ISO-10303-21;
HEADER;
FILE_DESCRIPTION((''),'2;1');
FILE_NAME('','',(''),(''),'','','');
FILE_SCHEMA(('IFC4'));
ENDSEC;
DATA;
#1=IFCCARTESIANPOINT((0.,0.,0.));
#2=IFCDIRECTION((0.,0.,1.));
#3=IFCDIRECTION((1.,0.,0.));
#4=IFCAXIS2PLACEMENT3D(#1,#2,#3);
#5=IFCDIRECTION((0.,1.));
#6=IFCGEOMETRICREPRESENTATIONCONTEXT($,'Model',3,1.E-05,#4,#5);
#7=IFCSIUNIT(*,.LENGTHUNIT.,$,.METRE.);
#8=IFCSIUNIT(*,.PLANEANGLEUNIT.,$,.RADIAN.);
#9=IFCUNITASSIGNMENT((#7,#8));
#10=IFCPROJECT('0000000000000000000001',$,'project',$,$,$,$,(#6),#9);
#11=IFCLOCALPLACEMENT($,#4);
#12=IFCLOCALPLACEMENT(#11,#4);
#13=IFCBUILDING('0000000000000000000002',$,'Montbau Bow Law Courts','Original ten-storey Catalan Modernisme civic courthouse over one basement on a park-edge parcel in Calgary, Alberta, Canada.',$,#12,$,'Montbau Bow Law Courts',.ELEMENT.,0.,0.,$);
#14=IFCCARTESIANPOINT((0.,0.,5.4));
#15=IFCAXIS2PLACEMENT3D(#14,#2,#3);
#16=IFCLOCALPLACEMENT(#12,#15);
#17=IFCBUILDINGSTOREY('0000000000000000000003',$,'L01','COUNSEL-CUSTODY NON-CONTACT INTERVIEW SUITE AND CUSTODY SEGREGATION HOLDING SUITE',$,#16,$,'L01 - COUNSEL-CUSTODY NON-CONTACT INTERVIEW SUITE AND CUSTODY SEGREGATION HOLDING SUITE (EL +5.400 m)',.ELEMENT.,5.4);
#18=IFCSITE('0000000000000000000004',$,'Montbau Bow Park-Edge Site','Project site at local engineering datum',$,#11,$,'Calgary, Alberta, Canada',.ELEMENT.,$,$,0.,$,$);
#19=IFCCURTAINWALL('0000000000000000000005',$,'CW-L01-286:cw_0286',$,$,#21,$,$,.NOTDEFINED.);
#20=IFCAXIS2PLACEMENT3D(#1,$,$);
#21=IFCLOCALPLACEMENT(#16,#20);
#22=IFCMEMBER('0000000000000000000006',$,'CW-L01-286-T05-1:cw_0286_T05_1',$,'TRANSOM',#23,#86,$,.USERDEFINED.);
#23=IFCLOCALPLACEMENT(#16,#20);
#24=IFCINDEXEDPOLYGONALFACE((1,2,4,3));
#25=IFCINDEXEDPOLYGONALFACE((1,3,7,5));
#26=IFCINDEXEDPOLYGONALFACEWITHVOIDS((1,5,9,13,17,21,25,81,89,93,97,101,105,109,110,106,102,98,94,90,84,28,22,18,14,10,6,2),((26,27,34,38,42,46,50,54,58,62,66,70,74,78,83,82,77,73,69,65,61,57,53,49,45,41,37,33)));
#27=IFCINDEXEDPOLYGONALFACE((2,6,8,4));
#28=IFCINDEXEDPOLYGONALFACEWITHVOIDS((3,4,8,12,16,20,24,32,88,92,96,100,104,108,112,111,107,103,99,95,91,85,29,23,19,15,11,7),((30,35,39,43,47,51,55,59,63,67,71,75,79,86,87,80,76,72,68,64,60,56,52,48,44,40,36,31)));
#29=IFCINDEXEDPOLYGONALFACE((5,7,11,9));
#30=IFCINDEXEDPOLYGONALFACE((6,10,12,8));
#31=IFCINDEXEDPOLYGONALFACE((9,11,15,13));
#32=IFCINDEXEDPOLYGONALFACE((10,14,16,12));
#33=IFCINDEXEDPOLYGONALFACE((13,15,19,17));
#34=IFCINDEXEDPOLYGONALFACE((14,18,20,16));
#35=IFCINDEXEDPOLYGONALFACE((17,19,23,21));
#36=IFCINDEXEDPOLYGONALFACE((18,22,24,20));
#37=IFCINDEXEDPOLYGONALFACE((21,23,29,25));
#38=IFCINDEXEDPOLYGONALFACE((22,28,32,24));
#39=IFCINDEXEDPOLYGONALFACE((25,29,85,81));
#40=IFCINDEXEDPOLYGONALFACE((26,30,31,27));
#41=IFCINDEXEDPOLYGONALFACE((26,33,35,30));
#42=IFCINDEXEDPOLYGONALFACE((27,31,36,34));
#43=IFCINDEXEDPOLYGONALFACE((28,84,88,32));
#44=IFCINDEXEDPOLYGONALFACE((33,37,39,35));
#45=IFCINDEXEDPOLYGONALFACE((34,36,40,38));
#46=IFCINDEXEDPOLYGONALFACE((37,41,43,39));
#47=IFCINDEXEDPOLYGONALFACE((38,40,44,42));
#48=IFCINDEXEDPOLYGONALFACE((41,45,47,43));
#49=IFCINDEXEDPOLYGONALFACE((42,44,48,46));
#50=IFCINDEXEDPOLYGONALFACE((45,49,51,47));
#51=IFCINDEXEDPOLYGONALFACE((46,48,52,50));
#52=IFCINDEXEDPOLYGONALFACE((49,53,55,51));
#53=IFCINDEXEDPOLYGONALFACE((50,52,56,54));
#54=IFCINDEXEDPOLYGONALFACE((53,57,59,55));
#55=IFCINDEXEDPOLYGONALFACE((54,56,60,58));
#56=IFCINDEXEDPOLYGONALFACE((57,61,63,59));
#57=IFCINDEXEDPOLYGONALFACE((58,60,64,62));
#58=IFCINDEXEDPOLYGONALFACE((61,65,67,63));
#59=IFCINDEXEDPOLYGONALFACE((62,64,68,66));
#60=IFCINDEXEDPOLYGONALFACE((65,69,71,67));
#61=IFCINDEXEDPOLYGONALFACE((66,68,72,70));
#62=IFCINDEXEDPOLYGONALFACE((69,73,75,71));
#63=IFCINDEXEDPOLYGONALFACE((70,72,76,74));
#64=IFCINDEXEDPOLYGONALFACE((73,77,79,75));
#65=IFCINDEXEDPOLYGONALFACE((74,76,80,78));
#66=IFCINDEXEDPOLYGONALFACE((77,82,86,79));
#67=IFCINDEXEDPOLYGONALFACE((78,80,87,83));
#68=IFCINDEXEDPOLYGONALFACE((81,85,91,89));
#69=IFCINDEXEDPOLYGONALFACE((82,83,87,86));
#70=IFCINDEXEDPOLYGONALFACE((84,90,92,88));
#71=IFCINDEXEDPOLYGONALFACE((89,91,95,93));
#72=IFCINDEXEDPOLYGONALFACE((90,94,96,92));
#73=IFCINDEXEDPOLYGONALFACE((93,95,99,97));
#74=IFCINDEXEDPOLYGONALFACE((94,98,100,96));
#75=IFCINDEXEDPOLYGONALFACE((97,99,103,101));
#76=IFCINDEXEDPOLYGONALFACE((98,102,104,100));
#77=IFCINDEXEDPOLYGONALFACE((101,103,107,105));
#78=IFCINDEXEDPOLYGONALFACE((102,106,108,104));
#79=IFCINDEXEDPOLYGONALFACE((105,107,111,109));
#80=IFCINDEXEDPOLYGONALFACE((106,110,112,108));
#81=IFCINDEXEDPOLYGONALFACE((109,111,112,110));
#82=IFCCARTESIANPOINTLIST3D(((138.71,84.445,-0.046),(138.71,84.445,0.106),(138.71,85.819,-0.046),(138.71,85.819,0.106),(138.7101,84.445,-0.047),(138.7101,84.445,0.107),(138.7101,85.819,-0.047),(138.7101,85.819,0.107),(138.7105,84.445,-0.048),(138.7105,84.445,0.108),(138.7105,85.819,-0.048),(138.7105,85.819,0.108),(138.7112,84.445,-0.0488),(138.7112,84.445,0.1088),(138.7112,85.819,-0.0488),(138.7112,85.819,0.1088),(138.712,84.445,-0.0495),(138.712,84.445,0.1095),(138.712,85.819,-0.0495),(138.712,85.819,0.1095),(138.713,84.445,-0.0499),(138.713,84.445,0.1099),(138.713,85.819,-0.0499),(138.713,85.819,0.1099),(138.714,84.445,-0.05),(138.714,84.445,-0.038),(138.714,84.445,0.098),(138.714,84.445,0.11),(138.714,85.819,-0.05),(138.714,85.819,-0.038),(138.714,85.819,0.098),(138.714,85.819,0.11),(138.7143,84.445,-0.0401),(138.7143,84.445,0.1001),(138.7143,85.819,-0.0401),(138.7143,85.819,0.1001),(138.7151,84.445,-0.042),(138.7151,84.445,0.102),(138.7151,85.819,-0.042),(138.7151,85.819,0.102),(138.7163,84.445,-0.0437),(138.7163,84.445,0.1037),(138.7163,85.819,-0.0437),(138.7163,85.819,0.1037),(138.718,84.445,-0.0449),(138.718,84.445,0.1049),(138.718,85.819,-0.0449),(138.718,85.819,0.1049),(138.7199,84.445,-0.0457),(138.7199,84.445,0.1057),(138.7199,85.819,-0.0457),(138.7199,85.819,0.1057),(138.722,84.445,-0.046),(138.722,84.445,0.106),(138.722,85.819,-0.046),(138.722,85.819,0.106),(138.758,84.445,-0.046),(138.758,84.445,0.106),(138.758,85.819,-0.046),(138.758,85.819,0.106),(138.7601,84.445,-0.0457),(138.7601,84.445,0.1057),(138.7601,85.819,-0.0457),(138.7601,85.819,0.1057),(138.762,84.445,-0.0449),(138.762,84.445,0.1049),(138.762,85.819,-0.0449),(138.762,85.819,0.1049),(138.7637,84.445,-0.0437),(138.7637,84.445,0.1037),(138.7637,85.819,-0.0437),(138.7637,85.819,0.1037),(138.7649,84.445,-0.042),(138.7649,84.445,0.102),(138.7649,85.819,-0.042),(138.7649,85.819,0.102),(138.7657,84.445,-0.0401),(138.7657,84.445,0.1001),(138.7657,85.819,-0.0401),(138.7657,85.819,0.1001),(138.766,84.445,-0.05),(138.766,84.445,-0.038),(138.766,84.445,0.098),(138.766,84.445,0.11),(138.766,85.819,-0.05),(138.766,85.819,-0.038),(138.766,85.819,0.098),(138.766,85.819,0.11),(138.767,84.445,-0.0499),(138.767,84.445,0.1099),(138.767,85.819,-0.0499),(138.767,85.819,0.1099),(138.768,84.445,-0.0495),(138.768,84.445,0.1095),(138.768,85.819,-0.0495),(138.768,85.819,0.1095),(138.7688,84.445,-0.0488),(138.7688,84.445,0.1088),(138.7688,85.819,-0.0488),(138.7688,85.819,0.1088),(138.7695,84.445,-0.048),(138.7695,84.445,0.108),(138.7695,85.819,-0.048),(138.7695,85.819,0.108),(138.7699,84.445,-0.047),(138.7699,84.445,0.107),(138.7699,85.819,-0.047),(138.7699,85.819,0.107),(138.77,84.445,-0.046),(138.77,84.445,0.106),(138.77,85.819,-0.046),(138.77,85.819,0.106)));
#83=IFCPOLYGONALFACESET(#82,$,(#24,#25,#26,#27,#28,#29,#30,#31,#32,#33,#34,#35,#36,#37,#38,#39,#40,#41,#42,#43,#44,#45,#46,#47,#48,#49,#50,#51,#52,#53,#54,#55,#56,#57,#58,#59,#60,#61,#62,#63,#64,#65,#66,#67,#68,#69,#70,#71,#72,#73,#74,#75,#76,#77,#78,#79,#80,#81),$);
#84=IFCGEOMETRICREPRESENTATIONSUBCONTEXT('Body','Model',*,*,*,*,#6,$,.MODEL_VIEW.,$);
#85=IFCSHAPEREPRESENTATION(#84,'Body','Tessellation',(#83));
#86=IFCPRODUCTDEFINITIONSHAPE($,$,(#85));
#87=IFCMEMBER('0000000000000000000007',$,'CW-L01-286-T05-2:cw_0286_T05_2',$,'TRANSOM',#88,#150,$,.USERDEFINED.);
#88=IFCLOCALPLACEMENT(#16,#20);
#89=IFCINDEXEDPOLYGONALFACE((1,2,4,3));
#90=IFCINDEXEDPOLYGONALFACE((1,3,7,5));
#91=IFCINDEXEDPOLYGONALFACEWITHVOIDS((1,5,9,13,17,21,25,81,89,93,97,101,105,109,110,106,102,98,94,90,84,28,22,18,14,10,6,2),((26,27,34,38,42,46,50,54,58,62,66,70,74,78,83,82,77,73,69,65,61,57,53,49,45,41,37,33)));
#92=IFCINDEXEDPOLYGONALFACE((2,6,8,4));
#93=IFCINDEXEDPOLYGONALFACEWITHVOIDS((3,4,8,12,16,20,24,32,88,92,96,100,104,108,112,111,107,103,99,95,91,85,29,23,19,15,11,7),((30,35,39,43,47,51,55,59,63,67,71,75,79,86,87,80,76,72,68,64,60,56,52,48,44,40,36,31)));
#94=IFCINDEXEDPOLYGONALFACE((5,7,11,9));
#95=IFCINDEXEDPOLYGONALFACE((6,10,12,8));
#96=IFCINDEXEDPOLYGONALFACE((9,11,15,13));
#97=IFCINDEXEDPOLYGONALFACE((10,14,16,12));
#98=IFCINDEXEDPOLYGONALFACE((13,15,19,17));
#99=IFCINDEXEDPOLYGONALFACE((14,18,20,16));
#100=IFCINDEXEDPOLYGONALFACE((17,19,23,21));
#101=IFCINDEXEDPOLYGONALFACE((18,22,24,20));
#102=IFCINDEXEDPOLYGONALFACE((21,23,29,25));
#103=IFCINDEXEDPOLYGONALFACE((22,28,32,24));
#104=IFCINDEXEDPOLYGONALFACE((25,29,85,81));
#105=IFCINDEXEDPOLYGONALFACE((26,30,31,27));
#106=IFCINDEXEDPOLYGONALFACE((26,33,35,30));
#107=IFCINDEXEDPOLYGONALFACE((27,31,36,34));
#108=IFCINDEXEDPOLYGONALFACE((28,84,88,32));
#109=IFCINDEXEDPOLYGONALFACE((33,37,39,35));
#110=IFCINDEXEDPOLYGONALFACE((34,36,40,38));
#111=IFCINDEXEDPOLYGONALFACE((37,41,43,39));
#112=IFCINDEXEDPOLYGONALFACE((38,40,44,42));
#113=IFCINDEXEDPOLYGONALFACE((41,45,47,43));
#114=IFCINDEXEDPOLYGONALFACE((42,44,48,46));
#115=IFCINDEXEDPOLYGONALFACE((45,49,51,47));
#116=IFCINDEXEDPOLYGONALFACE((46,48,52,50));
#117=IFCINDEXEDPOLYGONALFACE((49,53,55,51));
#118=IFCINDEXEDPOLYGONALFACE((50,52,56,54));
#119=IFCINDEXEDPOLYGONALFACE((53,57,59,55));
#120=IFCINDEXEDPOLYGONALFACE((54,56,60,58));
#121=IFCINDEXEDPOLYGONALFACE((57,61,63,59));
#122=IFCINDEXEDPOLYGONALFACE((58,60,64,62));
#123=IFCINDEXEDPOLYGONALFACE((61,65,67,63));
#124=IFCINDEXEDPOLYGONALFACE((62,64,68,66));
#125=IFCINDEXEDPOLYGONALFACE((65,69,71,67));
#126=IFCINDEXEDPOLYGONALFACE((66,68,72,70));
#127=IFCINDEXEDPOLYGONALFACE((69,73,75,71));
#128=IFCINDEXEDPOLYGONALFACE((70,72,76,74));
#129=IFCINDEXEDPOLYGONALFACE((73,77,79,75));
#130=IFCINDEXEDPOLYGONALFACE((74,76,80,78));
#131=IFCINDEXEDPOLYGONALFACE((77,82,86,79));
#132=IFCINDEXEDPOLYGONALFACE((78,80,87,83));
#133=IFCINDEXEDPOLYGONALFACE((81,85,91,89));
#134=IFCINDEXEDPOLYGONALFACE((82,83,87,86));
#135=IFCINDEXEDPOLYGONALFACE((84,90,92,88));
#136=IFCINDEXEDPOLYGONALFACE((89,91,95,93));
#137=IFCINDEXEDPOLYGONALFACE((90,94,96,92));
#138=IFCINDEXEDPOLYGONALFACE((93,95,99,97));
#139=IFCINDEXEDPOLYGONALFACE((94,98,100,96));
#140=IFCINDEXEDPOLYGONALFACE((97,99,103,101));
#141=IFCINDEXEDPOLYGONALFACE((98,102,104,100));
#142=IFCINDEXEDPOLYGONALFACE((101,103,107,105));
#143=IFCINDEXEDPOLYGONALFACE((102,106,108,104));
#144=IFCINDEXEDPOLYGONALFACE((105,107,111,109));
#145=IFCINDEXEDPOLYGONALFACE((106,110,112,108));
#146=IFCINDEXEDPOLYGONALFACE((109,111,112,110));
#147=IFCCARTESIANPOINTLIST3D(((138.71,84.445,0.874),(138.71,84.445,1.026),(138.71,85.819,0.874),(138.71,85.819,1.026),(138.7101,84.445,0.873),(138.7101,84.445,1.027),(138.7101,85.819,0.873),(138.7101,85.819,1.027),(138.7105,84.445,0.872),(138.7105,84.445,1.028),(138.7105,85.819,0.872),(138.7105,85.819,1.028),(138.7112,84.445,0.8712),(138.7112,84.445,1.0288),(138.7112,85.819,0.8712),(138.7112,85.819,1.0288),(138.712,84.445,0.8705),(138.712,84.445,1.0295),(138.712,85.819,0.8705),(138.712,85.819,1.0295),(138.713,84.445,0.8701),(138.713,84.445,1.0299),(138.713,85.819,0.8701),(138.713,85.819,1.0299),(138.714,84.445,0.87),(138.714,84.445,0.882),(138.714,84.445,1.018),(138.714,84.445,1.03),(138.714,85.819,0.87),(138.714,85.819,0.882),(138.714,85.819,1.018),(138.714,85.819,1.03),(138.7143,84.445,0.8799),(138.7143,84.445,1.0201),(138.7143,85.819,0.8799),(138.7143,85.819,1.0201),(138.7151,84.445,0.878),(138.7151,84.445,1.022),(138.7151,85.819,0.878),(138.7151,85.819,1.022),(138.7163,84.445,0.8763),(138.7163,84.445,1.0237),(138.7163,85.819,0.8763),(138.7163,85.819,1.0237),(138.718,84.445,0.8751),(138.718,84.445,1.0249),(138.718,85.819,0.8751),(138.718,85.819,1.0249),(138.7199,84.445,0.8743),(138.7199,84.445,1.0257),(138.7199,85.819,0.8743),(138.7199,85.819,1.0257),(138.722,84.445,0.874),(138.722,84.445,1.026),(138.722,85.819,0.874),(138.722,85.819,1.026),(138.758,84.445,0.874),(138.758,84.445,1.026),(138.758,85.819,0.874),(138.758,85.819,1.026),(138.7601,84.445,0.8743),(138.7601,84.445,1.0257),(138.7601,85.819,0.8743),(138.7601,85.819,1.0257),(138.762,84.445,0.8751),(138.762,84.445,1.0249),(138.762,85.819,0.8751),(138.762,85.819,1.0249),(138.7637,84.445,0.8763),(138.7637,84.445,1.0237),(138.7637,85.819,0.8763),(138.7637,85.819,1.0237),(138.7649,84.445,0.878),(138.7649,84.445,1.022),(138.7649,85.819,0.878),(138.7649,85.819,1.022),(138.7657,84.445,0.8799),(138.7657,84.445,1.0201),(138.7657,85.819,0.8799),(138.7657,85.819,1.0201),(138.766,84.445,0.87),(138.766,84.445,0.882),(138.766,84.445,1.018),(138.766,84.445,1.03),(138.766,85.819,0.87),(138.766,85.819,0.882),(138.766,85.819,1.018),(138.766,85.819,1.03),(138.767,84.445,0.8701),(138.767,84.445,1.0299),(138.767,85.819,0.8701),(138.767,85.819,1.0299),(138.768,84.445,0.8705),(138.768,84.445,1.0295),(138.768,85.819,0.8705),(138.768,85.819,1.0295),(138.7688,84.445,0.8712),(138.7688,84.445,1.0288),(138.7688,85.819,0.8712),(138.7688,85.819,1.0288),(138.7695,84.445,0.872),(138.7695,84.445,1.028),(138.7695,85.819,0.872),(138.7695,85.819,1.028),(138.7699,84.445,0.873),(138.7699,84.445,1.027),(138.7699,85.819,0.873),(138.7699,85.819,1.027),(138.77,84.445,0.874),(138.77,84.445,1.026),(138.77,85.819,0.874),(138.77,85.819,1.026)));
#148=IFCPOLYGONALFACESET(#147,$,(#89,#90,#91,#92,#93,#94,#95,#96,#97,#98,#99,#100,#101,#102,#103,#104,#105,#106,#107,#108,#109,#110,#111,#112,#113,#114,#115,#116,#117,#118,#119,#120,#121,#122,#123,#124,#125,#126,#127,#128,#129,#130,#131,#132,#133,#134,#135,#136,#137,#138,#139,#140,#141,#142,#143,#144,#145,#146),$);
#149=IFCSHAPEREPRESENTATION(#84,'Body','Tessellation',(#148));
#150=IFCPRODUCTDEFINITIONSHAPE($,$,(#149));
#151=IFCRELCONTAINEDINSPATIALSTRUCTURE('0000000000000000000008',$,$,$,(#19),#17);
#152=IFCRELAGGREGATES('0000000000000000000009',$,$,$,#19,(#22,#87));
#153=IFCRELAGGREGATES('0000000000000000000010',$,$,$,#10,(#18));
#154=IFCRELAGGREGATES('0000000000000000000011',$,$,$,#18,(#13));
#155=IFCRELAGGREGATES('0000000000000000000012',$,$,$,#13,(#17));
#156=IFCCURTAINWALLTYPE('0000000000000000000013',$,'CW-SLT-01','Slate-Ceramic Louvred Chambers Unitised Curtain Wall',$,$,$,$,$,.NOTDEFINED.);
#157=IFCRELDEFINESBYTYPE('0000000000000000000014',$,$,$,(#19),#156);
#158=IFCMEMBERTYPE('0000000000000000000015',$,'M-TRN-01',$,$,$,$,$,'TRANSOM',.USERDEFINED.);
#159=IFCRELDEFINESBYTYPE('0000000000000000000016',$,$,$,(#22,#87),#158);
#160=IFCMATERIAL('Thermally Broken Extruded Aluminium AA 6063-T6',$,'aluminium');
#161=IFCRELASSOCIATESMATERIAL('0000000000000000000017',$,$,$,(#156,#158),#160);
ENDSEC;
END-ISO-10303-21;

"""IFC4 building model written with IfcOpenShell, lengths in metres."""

from ifc_helpers import new_model, si_unit, direction, frame, origin_with_axes, origin_2d_with_axis, place, context, subcontext, project, spatial, hollow_rectangle, extrude, material, material_profile, profile_set, type_object, element, aggregate, save


model = new_model("IFC4")

# Units and contexts
model_context = context("Model", 3, precision=1e-05, world=origin_with_axes(), true_north=direction((0.0, 1.0)))
body_context = subcontext(model_context, "Body", "Model", "MODEL_VIEW")
ifc_project = project(units=[si_unit("LENGTHUNIT", "METRE"), si_unit("PLANEANGLEUNIT", "RADIAN")], contexts=[model_context])

# Site, building, storey
site_placement = place(None, origin_with_axes())
site = spatial("IfcSite", under=ifc_project, at=site_placement, Name="Montbau Bow Park-Edge Site", Description="Project site at local engineering datum", LongName="Calgary, Alberta, Canada", CompositionType="ELEMENT", RefElevation=0.0)
building_placement = place(site_placement, origin_with_axes())
building = spatial("IfcBuilding", under=site, at=building_placement, Name="Montbau Bow Law Courts", Description="Original ten-storey Catalan Modernisme civic courthouse over one basement on a park-edge parcel in Calgary, Alberta, Canada.", LongName="Montbau Bow Law Courts", CompositionType="ELEMENT", ElevationOfRefHeight=0.0, ElevationOfTerrain=0.0)
storey_placement = place(building_placement, frame((0.0, 0.0, 5.4), z_axis=(0.0, 0.0, 1.0), x_axis=(1.0, 0.0, 0.0)))
storey = spatial("IfcBuildingStorey", under=building, at=storey_placement, Name="L01", Description="COUNSEL-CUSTODY NON-CONTACT INTERVIEW SUITE AND CUSTODY SEGREGATION HOLDING SUITE", LongName="L01 - COUNSEL-CUSTODY NON-CONTACT INTERVIEW SUITE AND CUSTODY SEGREGATION HOLDING SUITE (EL +5.400 m)", CompositionType="ELEMENT", Elevation=5.4)

# Curtain wall
ifc_material_1 = material(Name="Thermally Broken Extruded Aluminium AA 6063-T6", Category="aluminium")
curtain_wall_type = type_object("IfcCurtainWallType", Name="CW-SLT-01", Description="Slate-Ceramic Louvred Chambers Unitised Curtain Wall", PredefinedType="NOTDEFINED", material=ifc_material_1)
curtain_wall_1_placement = place(None, frame((138.74, 78.515, 5.4), z_axis=(0.0, 0.0, 1.0), x_axis=(1.0, 0.0, 0.0)))
curtain_wall_1 = element("IfcCurtainWall", 1, at=curtain_wall_1_placement, inside=storey, type_object=curtain_wall_type, Name="CW-L01-286:cw_0286", PredefinedType="NOTDEFINED")

# Members
ifc_material_profile_1 = material_profile(ifc_material_1, hollow_rectangle(XDim=0.06, YDim=0.16, WallThickness=0.004, InnerFilletRadius=0.008, OuterFilletRadius=0.004, at=origin_2d_with_axis()), Name="CWT-160X60", Category="Main", Priority=0)
ifc_profile_set_1 = profile_set([ifc_material_profile_1], Name="Thermally Broken Extruded Aluminium AA 6063-T6")
member_type_1 = type_object("IfcMemberType", Name="M-TRN-01", ElementType="TRANSOM", PredefinedType="USERDEFINED", material=ifc_profile_set_1)
member_1_placement = place(None, frame((138.74, 84.445, 5.43), z_axis=(0.0, 1.0, 0.0), x_axis=(-1.0, 0.0, 0.0)))
member_1 = element("IfcMember", 2, at=member_1_placement, type_object=member_type_1, Name="CW-L01-286-T05-1:cw_0286_T05_1", ObjectType="TRANSOM", PredefinedType="USERDEFINED", context=body_context, shape_type="SweptSolid", body=[
    extrude(hollow_rectangle(XDim=0.06, YDim=0.16, WallThickness=0.004, InnerFilletRadius=0.008, OuterFilletRadius=0.004, at=origin_2d_with_axis()), origin_with_axes(), (0.0, 0.0, 1.0), 1.374),
])
member_2_placement = place(None, frame((138.74, 84.445, 6.35), z_axis=(0.0, 1.0, 0.0), x_axis=(-1.0, 0.0, 0.0)))
member_2 = element("IfcMember", 3, at=member_2_placement, type_object=member_type_1, Name="CW-L01-286-T05-2:cw_0286_T05_2", ObjectType="TRANSOM", PredefinedType="USERDEFINED", context=body_context, shape_type="SweptSolid", body=[
    extrude(hollow_rectangle(XDim=0.06, YDim=0.16, WallThickness=0.004, InnerFilletRadius=0.008, OuterFilletRadius=0.004, at=origin_2d_with_axis()), origin_with_axes(), (0.0, 0.0, 1.0), 1.374),
])

aggregate(curtain_wall_1, [member_1, member_2])

save(model, "model.ifc")
